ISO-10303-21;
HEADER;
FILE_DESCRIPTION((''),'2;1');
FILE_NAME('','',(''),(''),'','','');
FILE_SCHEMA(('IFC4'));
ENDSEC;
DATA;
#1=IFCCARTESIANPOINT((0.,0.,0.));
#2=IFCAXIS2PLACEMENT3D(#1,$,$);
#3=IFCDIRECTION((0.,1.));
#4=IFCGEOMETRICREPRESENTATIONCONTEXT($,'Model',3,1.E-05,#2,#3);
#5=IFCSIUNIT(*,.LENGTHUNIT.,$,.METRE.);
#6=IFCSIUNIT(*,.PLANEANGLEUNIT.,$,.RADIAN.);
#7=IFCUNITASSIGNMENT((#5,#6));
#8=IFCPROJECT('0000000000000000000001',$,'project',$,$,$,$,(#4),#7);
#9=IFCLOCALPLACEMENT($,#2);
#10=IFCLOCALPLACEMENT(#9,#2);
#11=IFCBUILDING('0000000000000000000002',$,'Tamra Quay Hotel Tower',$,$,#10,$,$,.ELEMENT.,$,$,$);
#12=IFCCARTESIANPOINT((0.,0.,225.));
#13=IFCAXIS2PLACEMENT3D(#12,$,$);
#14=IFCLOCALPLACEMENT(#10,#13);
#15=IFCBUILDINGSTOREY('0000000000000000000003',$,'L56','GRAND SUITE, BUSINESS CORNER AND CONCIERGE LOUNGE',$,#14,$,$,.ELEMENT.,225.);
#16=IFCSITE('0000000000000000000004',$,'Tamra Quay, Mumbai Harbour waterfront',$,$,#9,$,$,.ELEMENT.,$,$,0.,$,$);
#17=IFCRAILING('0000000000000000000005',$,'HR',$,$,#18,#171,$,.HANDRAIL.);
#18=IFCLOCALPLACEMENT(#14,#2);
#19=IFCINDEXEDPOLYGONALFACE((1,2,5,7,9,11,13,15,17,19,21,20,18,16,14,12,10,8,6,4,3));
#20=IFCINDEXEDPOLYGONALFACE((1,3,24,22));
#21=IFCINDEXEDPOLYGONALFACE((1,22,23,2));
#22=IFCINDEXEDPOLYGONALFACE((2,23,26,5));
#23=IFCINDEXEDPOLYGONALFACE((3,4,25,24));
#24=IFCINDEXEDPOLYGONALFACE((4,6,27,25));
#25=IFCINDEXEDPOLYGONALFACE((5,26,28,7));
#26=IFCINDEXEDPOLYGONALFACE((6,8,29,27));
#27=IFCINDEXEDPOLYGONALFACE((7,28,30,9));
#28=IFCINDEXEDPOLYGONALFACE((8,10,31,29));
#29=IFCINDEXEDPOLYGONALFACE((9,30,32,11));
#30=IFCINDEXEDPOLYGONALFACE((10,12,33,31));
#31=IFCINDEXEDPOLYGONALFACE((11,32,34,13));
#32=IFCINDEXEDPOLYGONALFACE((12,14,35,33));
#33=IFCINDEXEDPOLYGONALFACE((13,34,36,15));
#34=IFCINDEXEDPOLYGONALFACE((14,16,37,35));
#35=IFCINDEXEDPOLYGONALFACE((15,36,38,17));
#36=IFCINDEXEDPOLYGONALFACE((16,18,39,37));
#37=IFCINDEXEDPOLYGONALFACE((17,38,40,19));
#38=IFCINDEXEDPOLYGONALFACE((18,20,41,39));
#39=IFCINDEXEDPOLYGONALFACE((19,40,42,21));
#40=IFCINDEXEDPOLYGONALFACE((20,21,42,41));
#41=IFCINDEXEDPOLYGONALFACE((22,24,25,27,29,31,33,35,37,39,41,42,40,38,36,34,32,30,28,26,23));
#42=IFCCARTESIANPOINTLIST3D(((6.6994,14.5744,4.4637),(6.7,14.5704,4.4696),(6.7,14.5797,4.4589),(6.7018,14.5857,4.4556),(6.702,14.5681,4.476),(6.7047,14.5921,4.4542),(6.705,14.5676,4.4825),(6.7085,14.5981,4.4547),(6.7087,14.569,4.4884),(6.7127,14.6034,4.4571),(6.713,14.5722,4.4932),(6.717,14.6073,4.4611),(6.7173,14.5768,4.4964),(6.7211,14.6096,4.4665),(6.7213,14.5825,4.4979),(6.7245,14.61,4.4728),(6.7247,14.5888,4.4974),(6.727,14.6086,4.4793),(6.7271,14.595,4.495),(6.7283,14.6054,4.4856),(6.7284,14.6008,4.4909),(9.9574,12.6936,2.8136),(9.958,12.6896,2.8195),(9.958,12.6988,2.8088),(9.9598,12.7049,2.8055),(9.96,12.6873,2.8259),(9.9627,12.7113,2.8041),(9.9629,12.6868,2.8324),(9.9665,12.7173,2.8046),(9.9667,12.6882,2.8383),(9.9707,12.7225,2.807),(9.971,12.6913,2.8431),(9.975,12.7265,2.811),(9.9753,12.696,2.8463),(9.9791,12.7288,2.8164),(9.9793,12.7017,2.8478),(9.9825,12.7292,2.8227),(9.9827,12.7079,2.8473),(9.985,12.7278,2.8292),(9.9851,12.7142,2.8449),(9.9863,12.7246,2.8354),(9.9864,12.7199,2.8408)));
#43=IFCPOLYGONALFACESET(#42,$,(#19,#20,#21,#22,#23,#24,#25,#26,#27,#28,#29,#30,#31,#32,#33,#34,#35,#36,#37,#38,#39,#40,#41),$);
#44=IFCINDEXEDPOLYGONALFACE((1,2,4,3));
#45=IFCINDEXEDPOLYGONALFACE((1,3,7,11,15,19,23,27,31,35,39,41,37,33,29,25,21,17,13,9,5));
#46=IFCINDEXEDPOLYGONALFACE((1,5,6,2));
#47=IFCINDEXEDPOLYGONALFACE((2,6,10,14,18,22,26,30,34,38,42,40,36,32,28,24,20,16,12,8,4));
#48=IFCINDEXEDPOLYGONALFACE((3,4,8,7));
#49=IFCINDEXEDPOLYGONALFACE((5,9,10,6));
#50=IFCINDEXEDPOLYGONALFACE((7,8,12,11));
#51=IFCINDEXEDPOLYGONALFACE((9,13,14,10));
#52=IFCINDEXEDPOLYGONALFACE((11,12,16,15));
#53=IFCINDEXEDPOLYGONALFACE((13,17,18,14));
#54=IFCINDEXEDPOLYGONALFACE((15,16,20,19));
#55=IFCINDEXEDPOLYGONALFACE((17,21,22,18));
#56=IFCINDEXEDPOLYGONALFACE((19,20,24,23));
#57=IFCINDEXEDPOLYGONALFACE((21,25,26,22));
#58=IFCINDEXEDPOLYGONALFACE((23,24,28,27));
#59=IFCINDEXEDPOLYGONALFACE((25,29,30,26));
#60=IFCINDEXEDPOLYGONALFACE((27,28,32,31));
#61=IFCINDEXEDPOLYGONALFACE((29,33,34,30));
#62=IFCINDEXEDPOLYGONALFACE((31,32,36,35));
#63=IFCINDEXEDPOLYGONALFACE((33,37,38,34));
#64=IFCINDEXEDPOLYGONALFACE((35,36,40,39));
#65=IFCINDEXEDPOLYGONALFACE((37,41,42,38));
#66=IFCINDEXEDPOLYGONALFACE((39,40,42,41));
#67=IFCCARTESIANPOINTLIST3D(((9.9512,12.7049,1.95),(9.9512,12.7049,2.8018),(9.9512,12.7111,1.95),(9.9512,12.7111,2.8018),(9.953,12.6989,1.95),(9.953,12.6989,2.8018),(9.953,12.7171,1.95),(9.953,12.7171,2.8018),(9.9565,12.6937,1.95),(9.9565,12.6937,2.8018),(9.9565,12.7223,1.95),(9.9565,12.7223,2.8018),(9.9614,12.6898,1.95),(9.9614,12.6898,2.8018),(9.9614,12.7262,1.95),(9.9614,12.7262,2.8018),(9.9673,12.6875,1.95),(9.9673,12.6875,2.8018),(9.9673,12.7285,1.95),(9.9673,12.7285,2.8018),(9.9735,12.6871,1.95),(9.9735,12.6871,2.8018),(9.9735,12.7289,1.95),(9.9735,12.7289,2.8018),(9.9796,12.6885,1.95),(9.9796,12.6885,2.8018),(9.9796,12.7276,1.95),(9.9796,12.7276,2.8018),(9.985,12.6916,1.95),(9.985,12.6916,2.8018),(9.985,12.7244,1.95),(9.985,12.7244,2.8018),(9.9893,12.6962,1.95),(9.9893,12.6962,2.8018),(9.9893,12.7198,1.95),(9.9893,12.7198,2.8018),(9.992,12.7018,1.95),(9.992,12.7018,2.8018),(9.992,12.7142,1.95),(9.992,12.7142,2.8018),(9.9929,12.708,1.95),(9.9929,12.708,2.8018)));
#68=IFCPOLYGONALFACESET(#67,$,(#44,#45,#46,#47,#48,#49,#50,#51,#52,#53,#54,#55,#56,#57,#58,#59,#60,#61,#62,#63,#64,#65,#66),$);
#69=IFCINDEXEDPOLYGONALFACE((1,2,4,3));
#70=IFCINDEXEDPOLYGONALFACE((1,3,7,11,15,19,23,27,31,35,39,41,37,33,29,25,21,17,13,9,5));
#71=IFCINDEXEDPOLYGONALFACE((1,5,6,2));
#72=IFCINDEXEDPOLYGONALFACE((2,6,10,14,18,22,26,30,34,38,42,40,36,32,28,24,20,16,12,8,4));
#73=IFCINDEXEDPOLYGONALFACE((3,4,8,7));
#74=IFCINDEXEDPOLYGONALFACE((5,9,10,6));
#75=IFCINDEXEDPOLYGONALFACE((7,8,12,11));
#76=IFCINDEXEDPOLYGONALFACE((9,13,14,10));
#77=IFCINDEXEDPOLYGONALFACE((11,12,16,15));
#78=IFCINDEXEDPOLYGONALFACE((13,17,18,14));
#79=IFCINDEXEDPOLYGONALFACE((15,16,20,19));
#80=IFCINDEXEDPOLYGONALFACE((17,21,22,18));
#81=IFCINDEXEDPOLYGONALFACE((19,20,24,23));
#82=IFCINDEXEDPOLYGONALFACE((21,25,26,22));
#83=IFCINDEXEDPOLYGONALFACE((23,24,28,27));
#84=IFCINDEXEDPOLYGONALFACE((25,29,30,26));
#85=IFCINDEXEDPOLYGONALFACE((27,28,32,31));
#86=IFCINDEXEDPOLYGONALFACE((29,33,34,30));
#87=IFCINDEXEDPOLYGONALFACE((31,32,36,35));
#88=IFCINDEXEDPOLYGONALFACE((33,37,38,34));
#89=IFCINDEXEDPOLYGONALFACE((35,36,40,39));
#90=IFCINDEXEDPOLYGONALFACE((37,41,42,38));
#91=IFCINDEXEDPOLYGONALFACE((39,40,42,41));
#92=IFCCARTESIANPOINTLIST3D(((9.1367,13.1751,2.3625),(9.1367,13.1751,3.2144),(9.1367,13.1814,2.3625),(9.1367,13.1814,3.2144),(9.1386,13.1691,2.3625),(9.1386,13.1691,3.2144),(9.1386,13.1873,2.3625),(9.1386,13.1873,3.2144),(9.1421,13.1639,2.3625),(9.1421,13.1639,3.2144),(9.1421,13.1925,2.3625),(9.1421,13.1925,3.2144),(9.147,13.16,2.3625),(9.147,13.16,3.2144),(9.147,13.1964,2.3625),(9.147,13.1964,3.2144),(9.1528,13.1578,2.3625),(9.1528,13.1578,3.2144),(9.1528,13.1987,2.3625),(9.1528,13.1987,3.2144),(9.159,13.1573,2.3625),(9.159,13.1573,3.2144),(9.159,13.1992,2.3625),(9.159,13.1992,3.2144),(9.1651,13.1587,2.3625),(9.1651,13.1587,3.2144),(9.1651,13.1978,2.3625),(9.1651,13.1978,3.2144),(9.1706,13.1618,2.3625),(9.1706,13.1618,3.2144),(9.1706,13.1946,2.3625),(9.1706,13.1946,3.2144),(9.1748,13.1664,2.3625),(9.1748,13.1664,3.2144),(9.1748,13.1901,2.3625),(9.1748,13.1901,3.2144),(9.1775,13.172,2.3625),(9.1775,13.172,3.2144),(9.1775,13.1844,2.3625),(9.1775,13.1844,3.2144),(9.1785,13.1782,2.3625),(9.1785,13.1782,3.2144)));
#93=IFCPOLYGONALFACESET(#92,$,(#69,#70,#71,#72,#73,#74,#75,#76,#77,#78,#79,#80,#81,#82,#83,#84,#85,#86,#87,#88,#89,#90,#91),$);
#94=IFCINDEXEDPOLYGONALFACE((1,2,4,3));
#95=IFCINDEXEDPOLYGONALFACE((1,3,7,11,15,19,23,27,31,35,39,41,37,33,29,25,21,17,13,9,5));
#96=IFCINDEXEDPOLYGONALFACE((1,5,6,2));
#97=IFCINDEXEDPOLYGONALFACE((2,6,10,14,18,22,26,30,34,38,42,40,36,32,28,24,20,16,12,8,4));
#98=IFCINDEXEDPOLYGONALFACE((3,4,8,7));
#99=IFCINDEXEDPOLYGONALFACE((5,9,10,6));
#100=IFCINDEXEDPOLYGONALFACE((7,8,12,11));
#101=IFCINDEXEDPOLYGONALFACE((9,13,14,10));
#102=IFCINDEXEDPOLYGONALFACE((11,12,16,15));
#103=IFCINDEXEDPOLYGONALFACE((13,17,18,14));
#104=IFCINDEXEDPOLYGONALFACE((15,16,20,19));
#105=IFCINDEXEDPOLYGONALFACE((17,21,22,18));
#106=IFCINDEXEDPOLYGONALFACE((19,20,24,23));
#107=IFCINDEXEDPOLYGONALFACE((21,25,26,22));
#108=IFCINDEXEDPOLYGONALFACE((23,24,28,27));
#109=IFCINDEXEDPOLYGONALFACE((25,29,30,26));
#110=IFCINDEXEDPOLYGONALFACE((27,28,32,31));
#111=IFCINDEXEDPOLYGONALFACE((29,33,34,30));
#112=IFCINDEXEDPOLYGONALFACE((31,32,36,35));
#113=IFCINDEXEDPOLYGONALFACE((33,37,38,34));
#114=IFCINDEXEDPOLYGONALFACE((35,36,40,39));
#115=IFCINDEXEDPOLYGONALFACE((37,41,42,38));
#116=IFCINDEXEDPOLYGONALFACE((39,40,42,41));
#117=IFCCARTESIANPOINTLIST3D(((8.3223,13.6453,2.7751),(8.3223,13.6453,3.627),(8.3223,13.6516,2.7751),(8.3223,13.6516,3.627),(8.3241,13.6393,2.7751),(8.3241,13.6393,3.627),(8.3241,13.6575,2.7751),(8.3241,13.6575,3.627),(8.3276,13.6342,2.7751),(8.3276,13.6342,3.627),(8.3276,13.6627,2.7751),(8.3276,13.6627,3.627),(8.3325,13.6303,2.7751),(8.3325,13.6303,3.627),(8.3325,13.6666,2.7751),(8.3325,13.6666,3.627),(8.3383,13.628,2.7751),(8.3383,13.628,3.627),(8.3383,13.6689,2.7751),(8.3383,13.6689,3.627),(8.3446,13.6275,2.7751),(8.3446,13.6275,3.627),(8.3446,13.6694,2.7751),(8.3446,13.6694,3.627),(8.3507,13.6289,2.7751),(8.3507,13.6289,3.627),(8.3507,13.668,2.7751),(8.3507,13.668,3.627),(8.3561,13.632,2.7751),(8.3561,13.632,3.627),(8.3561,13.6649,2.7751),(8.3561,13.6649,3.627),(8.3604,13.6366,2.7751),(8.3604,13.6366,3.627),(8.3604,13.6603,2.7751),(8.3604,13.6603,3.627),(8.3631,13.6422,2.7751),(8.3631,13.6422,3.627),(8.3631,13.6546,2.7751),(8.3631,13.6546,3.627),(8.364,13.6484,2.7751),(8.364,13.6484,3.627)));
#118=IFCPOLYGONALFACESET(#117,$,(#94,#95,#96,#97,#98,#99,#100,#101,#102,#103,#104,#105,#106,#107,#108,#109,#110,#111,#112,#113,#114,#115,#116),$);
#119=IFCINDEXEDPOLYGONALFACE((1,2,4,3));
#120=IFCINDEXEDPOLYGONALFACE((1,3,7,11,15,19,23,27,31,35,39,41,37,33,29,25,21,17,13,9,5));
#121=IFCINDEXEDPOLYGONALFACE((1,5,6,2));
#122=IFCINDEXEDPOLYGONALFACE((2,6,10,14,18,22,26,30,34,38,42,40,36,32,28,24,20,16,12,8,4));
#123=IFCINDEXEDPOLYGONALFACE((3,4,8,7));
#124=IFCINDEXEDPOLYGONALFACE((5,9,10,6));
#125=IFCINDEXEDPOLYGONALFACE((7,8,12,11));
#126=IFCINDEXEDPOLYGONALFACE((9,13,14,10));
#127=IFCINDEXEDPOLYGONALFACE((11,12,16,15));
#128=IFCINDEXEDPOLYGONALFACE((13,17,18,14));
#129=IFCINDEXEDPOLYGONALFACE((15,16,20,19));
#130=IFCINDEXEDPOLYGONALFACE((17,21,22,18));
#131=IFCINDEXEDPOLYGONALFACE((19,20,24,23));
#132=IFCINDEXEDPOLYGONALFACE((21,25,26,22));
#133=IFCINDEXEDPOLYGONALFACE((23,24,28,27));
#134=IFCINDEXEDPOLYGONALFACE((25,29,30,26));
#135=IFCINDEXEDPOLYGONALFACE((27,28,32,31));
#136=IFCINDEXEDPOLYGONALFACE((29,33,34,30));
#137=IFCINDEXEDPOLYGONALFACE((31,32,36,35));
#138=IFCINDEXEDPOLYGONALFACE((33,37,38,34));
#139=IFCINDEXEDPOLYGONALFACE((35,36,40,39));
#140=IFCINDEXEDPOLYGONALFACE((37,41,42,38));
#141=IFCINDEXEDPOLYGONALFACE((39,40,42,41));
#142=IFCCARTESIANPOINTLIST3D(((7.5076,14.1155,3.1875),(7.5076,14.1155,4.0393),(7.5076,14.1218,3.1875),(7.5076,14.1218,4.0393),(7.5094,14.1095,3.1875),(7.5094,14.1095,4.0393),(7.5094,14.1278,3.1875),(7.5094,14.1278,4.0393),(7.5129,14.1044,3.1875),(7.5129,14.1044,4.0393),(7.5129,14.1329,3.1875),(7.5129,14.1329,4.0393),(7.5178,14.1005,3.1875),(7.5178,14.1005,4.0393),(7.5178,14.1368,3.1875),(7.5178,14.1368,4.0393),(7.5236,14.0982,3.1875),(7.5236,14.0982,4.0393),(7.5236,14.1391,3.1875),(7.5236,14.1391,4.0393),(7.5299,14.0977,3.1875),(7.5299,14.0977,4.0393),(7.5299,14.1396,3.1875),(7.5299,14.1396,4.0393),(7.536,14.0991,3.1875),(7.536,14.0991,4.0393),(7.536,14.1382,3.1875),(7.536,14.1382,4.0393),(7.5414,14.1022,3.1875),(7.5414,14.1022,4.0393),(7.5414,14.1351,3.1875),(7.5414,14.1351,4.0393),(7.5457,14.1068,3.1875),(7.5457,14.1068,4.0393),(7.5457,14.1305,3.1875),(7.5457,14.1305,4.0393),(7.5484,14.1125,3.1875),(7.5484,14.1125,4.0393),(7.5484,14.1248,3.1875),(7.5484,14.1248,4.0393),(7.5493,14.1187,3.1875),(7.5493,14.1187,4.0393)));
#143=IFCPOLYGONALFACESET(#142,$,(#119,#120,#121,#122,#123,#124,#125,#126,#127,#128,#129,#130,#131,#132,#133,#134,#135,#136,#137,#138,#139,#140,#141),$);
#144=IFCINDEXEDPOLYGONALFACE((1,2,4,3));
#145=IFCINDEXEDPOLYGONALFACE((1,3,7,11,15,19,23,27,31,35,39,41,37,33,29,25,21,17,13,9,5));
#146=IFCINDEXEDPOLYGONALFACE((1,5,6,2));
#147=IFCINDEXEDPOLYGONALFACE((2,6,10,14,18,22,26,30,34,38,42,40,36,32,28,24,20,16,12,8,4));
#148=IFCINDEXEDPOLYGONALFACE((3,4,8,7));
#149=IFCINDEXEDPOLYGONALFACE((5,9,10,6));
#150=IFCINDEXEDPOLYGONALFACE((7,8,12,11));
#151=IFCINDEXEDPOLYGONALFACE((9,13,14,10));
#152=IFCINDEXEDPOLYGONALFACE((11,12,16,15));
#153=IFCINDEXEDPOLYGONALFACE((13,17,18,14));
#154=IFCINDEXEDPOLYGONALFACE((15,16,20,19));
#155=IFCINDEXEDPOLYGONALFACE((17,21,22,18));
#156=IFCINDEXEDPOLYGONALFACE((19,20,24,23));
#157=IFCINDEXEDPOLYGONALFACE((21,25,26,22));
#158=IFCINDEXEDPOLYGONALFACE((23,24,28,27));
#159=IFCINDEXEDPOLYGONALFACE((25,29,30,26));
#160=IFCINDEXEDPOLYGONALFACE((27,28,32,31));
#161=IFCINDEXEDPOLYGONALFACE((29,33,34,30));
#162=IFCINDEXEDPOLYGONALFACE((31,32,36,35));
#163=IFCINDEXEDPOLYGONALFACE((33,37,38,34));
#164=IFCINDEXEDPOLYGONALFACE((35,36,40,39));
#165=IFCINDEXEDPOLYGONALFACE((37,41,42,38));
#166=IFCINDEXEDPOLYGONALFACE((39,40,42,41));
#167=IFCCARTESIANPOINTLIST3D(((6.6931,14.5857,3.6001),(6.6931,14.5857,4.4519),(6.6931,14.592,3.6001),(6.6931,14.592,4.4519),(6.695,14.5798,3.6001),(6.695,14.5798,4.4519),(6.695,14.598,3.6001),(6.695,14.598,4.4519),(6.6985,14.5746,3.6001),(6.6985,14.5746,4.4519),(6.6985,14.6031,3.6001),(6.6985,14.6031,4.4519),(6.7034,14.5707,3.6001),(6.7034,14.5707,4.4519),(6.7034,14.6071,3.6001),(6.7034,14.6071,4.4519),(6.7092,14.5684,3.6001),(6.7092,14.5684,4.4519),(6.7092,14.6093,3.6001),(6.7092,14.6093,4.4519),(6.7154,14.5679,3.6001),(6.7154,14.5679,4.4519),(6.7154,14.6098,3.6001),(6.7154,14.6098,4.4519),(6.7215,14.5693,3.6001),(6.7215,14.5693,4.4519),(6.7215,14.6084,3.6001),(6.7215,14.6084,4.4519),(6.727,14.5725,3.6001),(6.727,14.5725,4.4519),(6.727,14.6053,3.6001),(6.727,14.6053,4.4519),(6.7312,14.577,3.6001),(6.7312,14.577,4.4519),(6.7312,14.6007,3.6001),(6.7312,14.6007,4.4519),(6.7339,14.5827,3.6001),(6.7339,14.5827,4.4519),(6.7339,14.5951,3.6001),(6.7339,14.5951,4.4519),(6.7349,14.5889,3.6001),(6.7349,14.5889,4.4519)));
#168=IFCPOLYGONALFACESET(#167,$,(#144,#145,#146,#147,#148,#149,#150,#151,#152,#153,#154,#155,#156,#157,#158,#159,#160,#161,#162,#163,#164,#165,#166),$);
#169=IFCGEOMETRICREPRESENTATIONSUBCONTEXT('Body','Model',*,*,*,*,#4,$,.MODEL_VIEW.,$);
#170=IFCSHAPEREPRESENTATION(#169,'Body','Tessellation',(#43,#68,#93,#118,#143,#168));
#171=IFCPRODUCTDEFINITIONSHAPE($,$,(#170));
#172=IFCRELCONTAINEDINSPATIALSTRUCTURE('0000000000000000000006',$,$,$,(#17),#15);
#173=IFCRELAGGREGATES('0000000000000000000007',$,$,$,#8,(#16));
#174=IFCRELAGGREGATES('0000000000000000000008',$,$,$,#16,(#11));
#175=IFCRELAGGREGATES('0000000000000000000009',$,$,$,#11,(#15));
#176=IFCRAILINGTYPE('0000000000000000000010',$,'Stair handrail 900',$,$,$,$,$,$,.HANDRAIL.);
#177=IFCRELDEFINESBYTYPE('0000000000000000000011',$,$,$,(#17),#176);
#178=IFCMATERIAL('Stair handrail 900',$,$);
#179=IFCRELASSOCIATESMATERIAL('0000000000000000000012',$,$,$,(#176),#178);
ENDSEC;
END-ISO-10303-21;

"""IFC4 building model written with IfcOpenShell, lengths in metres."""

from ifc_helpers import new_model, si_unit, direction, frame, origin, origin_2d, place, context, subcontext, project, spatial, circle, extrude, material, type_object, element, save


model = new_model("IFC4")

# Units and contexts
model_context = context("Model", 3, precision=1e-05, world=origin(), true_north=direction((0.0, 1.0)))
body_context = subcontext(model_context, "Body", "Model", "MODEL_VIEW")
ifc_project = project(units=[si_unit("LENGTHUNIT", "METRE"), si_unit("PLANEANGLEUNIT", "RADIAN")], contexts=[model_context])

# Site, building, storey
site_placement = place(None, origin())
site = spatial("IfcSite", under=ifc_project, at=site_placement, Name="Tamra Quay, Mumbai Harbour waterfront", CompositionType="ELEMENT", RefElevation=0.0)
building_placement = place(site_placement, origin())
building = spatial("IfcBuilding", under=site, at=building_placement, Name="Tamra Quay Hotel Tower", CompositionType="ELEMENT")
storey_placement = place(building_placement, frame((0.0, 0.0, 225.0)))
storey = spatial("IfcBuildingStorey", under=building, at=storey_placement, Name="L56", Description="GRAND SUITE, BUSINESS CORNER AND CONCIERGE LOUNGE", CompositionType="ELEMENT", Elevation=225.0)

# Railing
ifc_material_1 = material(Name="Stair handrail 900")
railing_type_1 = type_object("IfcRailingType", Name="Stair handrail 900", PredefinedType="HANDRAIL", material=ifc_material_1)
railing_1_placement = place(storey_placement, frame((9.9719, 12.708, 1.95)))
element("IfcRailing", 1, at=railing_1_placement, inside=storey, type_object=railing_type_1, Name="HR", PredefinedType="HANDRAIL", context=body_context, shape_type="SweptSolid", body=[
    extrude(circle(Radius=0.0239, at=origin_2d()), frame((0.0, 0.0, 0.876), z_axis=(-0.793103, 0.457854, 0.401692), x_axis=(-0.499964, -0.866046, 0.0)), (0.0, 0.0, 1.0), 4.1079),
    extrude(circle(Radius=0.021, at=origin_2d()), origin(), (0.0, 0.0, 1.0), 0.8518),
    extrude(circle(Radius=0.021, at=origin_2d()), frame((-0.8145, 0.4702, 0.4126)), (0.0, 0.0, 1.0), 0.8518),
    extrude(circle(Radius=0.021, at=origin_2d()), frame((-1.6289, 0.9404, 0.8252)), (0.0, 0.0, 1.0), 0.8518),
    extrude(circle(Radius=0.021, at=origin_2d()), frame((-2.4436, 1.4106, 1.2375)), (0.0, 0.0, 1.0), 0.8518),
    extrude(circle(Radius=0.021, at=origin_2d()), frame((-3.2581, 1.8809, 1.6501)), (0.0, 0.0, 1.0), 0.8518),
])

save(model, "model.ifc")
